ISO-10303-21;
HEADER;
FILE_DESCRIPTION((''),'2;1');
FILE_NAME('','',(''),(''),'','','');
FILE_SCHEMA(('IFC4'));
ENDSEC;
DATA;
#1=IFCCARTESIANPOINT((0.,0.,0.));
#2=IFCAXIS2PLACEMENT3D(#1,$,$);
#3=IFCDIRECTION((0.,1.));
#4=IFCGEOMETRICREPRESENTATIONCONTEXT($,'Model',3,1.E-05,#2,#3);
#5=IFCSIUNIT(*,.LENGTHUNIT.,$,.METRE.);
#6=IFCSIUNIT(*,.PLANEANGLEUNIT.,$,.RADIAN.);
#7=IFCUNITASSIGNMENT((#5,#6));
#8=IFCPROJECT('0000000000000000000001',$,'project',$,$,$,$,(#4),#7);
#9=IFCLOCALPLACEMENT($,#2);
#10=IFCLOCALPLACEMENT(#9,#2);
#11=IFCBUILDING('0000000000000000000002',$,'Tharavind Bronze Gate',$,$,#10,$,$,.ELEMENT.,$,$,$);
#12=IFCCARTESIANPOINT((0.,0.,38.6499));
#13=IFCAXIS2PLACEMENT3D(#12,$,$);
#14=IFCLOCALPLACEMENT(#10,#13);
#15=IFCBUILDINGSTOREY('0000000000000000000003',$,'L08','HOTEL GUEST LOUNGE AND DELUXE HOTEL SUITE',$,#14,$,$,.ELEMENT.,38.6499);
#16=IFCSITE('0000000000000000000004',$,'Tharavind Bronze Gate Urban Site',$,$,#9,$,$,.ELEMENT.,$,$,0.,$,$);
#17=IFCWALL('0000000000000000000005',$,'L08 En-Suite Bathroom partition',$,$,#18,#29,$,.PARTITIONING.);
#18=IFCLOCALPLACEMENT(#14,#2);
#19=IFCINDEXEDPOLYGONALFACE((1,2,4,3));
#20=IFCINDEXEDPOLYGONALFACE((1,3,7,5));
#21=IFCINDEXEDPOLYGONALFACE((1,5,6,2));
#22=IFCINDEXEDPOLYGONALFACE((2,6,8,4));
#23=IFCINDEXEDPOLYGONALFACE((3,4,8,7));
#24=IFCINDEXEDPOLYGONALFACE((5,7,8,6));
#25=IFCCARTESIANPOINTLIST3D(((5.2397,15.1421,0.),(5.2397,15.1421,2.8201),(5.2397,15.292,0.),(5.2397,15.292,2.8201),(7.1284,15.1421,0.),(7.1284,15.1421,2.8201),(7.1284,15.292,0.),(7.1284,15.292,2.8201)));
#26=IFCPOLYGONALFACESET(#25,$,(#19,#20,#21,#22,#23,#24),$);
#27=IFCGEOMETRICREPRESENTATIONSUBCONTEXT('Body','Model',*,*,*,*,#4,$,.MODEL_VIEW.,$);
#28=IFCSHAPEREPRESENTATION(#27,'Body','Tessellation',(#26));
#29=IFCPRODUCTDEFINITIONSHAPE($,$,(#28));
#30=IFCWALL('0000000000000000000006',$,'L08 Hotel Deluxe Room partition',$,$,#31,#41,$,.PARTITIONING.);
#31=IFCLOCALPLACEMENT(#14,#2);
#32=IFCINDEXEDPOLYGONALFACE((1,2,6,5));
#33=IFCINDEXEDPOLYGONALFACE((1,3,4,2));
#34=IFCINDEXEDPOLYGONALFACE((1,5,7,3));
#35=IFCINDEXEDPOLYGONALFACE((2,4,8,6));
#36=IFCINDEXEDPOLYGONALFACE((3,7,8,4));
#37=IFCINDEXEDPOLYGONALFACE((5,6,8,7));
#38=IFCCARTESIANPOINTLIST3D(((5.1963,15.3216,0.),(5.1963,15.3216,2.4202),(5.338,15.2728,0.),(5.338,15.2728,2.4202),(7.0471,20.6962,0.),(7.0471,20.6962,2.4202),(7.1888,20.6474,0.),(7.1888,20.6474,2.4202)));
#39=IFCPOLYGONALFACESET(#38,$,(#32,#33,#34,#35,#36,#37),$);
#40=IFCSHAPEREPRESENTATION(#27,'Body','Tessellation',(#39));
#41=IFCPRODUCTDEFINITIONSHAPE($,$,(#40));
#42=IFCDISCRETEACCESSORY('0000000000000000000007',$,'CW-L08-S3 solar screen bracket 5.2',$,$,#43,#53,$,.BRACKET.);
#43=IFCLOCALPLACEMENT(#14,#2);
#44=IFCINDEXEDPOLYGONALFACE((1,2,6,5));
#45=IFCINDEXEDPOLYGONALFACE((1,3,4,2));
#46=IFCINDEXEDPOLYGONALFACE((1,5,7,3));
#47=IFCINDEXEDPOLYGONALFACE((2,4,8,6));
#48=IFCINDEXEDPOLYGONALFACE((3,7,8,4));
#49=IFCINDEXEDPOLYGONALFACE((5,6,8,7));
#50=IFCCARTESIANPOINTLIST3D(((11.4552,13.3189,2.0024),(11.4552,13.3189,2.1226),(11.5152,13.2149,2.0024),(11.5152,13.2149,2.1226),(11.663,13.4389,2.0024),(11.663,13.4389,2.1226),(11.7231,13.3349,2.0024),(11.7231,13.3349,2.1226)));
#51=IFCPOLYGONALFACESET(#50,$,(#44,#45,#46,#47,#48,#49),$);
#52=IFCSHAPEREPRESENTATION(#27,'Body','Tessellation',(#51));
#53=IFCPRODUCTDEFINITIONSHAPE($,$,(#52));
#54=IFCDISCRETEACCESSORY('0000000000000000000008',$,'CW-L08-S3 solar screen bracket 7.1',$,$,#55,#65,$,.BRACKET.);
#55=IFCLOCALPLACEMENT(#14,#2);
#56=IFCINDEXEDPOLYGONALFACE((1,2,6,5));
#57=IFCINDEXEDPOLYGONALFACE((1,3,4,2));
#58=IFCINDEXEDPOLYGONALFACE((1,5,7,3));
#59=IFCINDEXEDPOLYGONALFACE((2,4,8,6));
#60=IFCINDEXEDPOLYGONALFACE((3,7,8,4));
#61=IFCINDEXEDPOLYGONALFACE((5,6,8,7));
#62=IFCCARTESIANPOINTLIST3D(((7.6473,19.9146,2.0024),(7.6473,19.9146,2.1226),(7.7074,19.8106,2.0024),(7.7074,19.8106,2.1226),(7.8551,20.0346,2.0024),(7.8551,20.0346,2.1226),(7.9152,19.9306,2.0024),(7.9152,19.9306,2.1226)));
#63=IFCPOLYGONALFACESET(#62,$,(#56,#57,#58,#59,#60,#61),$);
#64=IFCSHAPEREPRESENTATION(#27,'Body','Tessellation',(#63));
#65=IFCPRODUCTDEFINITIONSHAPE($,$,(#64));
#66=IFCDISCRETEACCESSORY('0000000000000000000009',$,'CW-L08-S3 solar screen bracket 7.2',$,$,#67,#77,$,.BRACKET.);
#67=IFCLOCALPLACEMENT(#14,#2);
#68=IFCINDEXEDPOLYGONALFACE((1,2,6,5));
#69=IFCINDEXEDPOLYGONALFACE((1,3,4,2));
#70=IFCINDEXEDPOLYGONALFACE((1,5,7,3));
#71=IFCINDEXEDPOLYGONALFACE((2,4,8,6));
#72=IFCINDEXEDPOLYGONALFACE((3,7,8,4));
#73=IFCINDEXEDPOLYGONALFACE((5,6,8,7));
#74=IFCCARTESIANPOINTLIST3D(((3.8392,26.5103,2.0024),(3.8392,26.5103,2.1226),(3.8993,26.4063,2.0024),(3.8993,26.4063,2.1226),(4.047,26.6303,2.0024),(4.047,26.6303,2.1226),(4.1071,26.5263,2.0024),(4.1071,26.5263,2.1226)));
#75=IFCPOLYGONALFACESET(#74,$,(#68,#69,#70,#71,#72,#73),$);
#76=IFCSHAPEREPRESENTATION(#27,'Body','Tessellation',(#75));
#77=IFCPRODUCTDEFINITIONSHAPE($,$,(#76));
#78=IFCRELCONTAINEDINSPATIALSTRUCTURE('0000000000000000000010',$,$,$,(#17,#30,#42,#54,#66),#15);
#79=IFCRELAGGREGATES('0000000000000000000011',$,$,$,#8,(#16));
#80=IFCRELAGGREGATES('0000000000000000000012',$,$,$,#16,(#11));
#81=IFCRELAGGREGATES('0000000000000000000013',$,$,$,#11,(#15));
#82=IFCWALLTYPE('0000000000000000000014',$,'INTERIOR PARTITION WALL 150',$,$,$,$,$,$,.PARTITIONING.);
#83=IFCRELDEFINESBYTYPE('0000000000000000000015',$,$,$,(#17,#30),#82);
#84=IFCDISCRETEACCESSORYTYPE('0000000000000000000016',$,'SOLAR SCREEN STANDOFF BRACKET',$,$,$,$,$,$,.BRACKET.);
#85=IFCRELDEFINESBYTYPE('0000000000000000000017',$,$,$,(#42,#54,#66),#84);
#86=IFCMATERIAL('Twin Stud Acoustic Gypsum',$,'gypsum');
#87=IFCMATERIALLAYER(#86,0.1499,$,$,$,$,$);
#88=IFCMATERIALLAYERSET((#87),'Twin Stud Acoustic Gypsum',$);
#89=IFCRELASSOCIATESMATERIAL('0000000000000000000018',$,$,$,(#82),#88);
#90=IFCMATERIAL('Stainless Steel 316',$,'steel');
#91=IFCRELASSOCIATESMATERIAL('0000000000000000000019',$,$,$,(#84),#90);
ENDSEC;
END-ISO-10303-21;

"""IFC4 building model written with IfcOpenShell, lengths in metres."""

from ifc_helpers import new_model, si_unit, direction, frame, frame_2d, origin, origin_2d, place, context, subcontext, project, spatial, rectangle, extrude, material, layer, layer_set, type_object, element, save


model = new_model("IFC4")

# Units and contexts
model_context = context("Model", 3, precision=1e-05, world=origin(), true_north=direction((0.0, 1.0)))
body_context = subcontext(model_context, "Body", "Model", "MODEL_VIEW")
ifc_project = project(units=[si_unit("LENGTHUNIT", "METRE"), si_unit("PLANEANGLEUNIT", "RADIAN")], contexts=[model_context])

# Site, building, storey
site_placement = place(None, origin())
site = spatial("IfcSite", under=ifc_project, at=site_placement, Name="Tharavind Bronze Gate Urban Site", CompositionType="ELEMENT", RefElevation=0.0)
building_placement = place(site_placement, origin())
building = spatial("IfcBuilding", under=site, at=building_placement, Name="Tharavind Bronze Gate", CompositionType="ELEMENT")
storey_placement = place(building_placement, frame((0.0, 0.0, 38.6499)))
storey = spatial("IfcBuildingStorey", under=building, at=storey_placement, Name="L08", Description="HOTEL GUEST LOUNGE AND DELUXE HOTEL SUITE", CompositionType="ELEMENT", Elevation=38.6499)

# Shared definitions
ifc_material_1 = material(Name="Twin Stud Acoustic Gypsum", Category="gypsum")
ifc_layer_1 = layer(ifc_material_1, 0.1499)
ifc_layer_set_1 = layer_set([ifc_layer_1], Name="Twin Stud Acoustic Gypsum")
wall_type_1 = type_object("IfcWallType", Name="INTERIOR PARTITION WALL 150", PredefinedType="PARTITIONING", material=ifc_layer_set_1)

# Walls
wall_1_placement = place(storey_placement, frame((5.2397, 15.217, 0.0), z_axis=(0.0, 0.0, 1.0), x_axis=(1.0, 0.0, 0.0)))
element("IfcWall", 1, at=wall_1_placement, inside=storey, type_object=wall_type_1, Name="L08 En-Suite Bathroom partition", PredefinedType="PARTITIONING", context=body_context, shape_type="SweptSolid", body=[
    extrude(rectangle(XDim=1.8887, YDim=0.1499, at=frame_2d((0.9443, 0.0))), origin(), (0.0, 0.0, 1.0), 2.8201),
])
wall_2_placement = place(storey_placement, frame((5.2671, 15.2971, 0.0), z_axis=(0.0, 0.0, 1.0), x_axis=(0.325605, 0.945506, 0.0)))
element("IfcWall", 2, at=wall_2_placement, inside=storey, type_object=wall_type_1, Name="L08 Hotel Deluxe Room partition", PredefinedType="PARTITIONING", context=body_context, shape_type="SweptSolid", body=[
    extrude(rectangle(XDim=5.6843, YDim=0.1499, at=frame_2d((2.8423, 0.0))), origin(), (0.0, 0.0, 1.0), 2.4202),
])

# Discrete accessories
ifc_material_2 = material(Name="Stainless Steel 316", Category="steel")
discrete_accessory_type = type_object("IfcDiscreteAccessoryType", Name="SOLAR SCREEN STANDOFF BRACKET", PredefinedType="BRACKET", material=ifc_material_2)
for number, where, z_axis, x_axis, name in (
    (3, (11.5891, 13.3269, 2.0024), (0.0, 0.0, 1.0), (-0.500002, 0.866025, 0.0), "CW-L08-S3 solar screen bracket 5.2"),
    (4, (7.7812, 19.9226, 2.0024), (0.0, 0.0, 1.0), (-0.500002, 0.866025, 0.0), "CW-L08-S3 solar screen bracket 7.1"),
    (5, (3.9731, 26.5183, 2.0024), (0.0, 0.0, 1.0), (-0.500002, 0.866025, 0.0), "CW-L08-S3 solar screen bracket 7.2"),
):
    element("IfcDiscreteAccessory", number, at=place(storey_placement, frame(where, z_axis=z_axis, x_axis=x_axis)), inside=storey, type_object=discrete_accessory_type, Name=name, PredefinedType="BRACKET", context=body_context, shape_type="SweptSolid", body=[
        extrude(rectangle(XDim=0.1201, YDim=0.24, at=origin_2d()), origin(), (0.0, 0.0, 1.0), 0.1201),
    ])

save(model, "model.ifc")
